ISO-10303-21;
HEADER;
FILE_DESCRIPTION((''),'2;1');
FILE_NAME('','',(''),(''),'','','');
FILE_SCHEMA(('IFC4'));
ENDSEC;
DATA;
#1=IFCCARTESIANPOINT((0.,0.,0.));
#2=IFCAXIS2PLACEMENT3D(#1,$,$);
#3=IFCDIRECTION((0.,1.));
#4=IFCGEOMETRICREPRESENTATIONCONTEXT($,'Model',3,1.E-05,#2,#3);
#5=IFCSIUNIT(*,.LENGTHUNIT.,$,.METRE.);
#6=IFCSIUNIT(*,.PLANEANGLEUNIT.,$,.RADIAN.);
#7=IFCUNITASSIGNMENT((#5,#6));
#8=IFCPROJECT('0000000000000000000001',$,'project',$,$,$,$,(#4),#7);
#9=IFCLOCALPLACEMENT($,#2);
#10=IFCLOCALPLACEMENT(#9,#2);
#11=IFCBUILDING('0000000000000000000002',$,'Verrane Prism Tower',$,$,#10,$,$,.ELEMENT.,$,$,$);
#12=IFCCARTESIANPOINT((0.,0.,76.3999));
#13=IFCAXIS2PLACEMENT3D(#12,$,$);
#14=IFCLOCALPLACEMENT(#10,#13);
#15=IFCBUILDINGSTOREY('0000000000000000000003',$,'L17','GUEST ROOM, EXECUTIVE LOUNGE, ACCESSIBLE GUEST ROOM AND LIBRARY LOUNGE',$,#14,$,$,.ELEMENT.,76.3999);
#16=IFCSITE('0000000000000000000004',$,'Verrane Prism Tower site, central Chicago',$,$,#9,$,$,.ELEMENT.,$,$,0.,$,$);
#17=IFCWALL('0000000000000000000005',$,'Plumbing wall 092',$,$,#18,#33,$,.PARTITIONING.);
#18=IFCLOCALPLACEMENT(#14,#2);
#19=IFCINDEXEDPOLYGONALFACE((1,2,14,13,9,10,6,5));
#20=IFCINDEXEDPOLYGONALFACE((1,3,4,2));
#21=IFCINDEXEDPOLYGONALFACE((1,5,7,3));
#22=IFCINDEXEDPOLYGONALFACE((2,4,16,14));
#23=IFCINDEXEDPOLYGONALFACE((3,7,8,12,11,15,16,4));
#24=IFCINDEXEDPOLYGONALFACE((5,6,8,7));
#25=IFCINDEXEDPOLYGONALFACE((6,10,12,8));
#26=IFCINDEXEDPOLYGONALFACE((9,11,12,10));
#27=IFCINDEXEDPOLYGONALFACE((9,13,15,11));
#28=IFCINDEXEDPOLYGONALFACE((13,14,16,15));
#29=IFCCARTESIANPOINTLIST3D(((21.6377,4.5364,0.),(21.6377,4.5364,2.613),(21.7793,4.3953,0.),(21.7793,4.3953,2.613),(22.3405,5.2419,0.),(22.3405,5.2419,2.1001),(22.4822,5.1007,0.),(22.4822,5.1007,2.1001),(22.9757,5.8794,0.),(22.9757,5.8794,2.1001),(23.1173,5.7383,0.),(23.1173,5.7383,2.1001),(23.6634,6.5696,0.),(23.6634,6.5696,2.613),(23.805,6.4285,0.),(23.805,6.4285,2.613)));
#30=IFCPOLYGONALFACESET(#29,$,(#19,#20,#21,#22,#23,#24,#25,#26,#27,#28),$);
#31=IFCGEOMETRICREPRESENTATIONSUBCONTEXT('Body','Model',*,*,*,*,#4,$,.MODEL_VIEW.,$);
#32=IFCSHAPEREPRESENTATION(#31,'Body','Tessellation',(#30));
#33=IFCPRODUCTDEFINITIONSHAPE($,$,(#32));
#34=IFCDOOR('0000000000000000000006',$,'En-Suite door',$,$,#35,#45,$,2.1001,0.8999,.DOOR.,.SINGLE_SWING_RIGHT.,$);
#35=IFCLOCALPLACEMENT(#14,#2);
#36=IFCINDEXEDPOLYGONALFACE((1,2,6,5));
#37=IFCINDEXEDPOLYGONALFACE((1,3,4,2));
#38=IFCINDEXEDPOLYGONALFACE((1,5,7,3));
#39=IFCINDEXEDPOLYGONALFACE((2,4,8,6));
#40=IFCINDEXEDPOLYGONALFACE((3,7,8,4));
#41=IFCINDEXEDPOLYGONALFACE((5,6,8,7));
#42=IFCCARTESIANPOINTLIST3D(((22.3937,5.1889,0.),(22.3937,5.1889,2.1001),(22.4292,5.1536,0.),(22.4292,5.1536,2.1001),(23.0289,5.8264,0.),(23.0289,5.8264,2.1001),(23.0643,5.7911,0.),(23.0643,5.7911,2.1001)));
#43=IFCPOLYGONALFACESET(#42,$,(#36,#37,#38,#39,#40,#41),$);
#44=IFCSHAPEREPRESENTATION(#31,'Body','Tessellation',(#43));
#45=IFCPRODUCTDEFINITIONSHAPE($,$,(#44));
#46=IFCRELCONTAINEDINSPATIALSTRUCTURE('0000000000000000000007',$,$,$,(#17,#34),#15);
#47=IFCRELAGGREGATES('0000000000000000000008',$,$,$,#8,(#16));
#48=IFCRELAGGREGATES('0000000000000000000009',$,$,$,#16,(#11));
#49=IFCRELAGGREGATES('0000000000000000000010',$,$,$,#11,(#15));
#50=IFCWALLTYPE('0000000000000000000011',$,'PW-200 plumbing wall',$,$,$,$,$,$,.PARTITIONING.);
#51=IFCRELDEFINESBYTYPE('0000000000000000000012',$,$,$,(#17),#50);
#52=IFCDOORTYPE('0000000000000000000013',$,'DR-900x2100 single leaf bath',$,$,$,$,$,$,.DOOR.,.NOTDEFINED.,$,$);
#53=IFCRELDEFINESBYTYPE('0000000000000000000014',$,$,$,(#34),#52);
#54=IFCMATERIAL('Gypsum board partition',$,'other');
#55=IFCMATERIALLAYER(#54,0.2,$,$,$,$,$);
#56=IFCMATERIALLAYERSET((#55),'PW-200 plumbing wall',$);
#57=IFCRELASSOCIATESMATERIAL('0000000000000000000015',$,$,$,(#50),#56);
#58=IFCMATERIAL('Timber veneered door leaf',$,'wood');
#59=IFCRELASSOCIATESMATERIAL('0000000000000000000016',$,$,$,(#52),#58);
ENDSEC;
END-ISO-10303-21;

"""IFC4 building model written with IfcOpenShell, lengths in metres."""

from ifc_helpers import new_model, si_unit, direction, frame, frame_2d, origin, place, context, subcontext, project, spatial, rectangle, extrude, material, layer, layer_set, type_object, element, fill, save


model = new_model("IFC4")

# Units and contexts
model_context = context("Model", 3, precision=1e-05, world=origin(), true_north=direction((0.0, 1.0)))
body_context = subcontext(model_context, "Body", "Model", "MODEL_VIEW")
ifc_project = project(units=[si_unit("LENGTHUNIT", "METRE"), si_unit("PLANEANGLEUNIT", "RADIAN")], contexts=[model_context])

# Site, building, storey
site_placement = place(None, origin())
site = spatial("IfcSite", under=ifc_project, at=site_placement, Name="Verrane Prism Tower site, central Chicago", CompositionType="ELEMENT", RefElevation=0.0)
building_placement = place(site_placement, origin())
building = spatial("IfcBuilding", under=site, at=building_placement, Name="Verrane Prism Tower", CompositionType="ELEMENT")
storey_placement = place(building_placement, frame((0.0, 0.0, 76.3999)))
storey = spatial("IfcBuildingStorey", under=building, at=storey_placement, Name="L17", Description="GUEST ROOM, EXECUTIVE LOUNGE, ACCESSIBLE GUEST ROOM AND LIBRARY LOUNGE", CompositionType="ELEMENT", Elevation=76.3999)

# Shared definitions
ifc_material_1 = material(Name="Gypsum board partition", Category="other")
ifc_layer_1 = layer(ifc_material_1, 0.2)
ifc_layer_set_1 = layer_set([ifc_layer_1], Name="PW-200 plumbing wall")
wall_type_1 = type_object("IfcWallType", Name="PW-200 plumbing wall", PredefinedType="PARTITIONING", material=ifc_layer_set_1)

# Wall, opening, door
wall_1_placement = place(storey_placement, frame((21.7085, 4.4658, 0.0), z_axis=(0.0, 0.0, 1.0), x_axis=(0.705787, 0.708424, 0.0)))
wall_1 = element("IfcWall", 1, at=wall_1_placement, inside=storey, type_object=wall_type_1, Name="Plumbing wall 092", PredefinedType="PARTITIONING", context=body_context, shape_type="SweptSolid", body=[
    extrude(rectangle(XDim=2.8701, YDim=0.2, at=frame_2d((1.4351, 0.0))), origin(), (0.0, 0.0, 1.0), 2.613),
])
opening_1_placement = place(wall_1_placement, frame((0.9958, 0.0, 0.0)))
opening_1 = element("IfcOpeningElement", 2, at=opening_1_placement, cuts=wall_1, PredefinedType="OPENING", context=body_context, shape_type="SweptSolid", body=[
    extrude(rectangle(XDim=0.8999, YDim=2.1001, at=frame_2d((0.45, 1.05))), frame((0.0, 0.1099, 0.0), z_axis=(0.0, -1.0, 0.0), x_axis=(1.0, 0.0, 0.0)), (0.0, 0.0, 1.0), 0.22),
])
ifc_material_2 = material(Name="Timber veneered door leaf", Category="wood")
door_type_1 = type_object("IfcDoorType", Name="DR-900x2100 single leaf bath", OperationType="NOTDEFINED", PredefinedType="DOOR", material=ifc_material_2)
door_1_placement = place(opening_1_placement, origin())
door_1 = element("IfcDoor", 3, at=door_1_placement, inside=storey, type_object=door_type_1, Name="En-Suite door", OperationType="SINGLE_SWING_RIGHT", OverallHeight=2.1001, OverallWidth=0.8999, PredefinedType="DOOR", context=body_context, shape_type="SweptSolid", body=[
    extrude(rectangle(XDim=0.8999, YDim=2.1001, at=frame_2d((0.45, 1.05))), frame((0.0, 0.0249, 0.0), z_axis=(0.0, -1.0, 0.0), x_axis=(1.0, 0.0, 0.0)), (0.0, 0.0, 1.0), 0.05),
])
fill(opening_1, door_1)

save(model, "model.ifc")
